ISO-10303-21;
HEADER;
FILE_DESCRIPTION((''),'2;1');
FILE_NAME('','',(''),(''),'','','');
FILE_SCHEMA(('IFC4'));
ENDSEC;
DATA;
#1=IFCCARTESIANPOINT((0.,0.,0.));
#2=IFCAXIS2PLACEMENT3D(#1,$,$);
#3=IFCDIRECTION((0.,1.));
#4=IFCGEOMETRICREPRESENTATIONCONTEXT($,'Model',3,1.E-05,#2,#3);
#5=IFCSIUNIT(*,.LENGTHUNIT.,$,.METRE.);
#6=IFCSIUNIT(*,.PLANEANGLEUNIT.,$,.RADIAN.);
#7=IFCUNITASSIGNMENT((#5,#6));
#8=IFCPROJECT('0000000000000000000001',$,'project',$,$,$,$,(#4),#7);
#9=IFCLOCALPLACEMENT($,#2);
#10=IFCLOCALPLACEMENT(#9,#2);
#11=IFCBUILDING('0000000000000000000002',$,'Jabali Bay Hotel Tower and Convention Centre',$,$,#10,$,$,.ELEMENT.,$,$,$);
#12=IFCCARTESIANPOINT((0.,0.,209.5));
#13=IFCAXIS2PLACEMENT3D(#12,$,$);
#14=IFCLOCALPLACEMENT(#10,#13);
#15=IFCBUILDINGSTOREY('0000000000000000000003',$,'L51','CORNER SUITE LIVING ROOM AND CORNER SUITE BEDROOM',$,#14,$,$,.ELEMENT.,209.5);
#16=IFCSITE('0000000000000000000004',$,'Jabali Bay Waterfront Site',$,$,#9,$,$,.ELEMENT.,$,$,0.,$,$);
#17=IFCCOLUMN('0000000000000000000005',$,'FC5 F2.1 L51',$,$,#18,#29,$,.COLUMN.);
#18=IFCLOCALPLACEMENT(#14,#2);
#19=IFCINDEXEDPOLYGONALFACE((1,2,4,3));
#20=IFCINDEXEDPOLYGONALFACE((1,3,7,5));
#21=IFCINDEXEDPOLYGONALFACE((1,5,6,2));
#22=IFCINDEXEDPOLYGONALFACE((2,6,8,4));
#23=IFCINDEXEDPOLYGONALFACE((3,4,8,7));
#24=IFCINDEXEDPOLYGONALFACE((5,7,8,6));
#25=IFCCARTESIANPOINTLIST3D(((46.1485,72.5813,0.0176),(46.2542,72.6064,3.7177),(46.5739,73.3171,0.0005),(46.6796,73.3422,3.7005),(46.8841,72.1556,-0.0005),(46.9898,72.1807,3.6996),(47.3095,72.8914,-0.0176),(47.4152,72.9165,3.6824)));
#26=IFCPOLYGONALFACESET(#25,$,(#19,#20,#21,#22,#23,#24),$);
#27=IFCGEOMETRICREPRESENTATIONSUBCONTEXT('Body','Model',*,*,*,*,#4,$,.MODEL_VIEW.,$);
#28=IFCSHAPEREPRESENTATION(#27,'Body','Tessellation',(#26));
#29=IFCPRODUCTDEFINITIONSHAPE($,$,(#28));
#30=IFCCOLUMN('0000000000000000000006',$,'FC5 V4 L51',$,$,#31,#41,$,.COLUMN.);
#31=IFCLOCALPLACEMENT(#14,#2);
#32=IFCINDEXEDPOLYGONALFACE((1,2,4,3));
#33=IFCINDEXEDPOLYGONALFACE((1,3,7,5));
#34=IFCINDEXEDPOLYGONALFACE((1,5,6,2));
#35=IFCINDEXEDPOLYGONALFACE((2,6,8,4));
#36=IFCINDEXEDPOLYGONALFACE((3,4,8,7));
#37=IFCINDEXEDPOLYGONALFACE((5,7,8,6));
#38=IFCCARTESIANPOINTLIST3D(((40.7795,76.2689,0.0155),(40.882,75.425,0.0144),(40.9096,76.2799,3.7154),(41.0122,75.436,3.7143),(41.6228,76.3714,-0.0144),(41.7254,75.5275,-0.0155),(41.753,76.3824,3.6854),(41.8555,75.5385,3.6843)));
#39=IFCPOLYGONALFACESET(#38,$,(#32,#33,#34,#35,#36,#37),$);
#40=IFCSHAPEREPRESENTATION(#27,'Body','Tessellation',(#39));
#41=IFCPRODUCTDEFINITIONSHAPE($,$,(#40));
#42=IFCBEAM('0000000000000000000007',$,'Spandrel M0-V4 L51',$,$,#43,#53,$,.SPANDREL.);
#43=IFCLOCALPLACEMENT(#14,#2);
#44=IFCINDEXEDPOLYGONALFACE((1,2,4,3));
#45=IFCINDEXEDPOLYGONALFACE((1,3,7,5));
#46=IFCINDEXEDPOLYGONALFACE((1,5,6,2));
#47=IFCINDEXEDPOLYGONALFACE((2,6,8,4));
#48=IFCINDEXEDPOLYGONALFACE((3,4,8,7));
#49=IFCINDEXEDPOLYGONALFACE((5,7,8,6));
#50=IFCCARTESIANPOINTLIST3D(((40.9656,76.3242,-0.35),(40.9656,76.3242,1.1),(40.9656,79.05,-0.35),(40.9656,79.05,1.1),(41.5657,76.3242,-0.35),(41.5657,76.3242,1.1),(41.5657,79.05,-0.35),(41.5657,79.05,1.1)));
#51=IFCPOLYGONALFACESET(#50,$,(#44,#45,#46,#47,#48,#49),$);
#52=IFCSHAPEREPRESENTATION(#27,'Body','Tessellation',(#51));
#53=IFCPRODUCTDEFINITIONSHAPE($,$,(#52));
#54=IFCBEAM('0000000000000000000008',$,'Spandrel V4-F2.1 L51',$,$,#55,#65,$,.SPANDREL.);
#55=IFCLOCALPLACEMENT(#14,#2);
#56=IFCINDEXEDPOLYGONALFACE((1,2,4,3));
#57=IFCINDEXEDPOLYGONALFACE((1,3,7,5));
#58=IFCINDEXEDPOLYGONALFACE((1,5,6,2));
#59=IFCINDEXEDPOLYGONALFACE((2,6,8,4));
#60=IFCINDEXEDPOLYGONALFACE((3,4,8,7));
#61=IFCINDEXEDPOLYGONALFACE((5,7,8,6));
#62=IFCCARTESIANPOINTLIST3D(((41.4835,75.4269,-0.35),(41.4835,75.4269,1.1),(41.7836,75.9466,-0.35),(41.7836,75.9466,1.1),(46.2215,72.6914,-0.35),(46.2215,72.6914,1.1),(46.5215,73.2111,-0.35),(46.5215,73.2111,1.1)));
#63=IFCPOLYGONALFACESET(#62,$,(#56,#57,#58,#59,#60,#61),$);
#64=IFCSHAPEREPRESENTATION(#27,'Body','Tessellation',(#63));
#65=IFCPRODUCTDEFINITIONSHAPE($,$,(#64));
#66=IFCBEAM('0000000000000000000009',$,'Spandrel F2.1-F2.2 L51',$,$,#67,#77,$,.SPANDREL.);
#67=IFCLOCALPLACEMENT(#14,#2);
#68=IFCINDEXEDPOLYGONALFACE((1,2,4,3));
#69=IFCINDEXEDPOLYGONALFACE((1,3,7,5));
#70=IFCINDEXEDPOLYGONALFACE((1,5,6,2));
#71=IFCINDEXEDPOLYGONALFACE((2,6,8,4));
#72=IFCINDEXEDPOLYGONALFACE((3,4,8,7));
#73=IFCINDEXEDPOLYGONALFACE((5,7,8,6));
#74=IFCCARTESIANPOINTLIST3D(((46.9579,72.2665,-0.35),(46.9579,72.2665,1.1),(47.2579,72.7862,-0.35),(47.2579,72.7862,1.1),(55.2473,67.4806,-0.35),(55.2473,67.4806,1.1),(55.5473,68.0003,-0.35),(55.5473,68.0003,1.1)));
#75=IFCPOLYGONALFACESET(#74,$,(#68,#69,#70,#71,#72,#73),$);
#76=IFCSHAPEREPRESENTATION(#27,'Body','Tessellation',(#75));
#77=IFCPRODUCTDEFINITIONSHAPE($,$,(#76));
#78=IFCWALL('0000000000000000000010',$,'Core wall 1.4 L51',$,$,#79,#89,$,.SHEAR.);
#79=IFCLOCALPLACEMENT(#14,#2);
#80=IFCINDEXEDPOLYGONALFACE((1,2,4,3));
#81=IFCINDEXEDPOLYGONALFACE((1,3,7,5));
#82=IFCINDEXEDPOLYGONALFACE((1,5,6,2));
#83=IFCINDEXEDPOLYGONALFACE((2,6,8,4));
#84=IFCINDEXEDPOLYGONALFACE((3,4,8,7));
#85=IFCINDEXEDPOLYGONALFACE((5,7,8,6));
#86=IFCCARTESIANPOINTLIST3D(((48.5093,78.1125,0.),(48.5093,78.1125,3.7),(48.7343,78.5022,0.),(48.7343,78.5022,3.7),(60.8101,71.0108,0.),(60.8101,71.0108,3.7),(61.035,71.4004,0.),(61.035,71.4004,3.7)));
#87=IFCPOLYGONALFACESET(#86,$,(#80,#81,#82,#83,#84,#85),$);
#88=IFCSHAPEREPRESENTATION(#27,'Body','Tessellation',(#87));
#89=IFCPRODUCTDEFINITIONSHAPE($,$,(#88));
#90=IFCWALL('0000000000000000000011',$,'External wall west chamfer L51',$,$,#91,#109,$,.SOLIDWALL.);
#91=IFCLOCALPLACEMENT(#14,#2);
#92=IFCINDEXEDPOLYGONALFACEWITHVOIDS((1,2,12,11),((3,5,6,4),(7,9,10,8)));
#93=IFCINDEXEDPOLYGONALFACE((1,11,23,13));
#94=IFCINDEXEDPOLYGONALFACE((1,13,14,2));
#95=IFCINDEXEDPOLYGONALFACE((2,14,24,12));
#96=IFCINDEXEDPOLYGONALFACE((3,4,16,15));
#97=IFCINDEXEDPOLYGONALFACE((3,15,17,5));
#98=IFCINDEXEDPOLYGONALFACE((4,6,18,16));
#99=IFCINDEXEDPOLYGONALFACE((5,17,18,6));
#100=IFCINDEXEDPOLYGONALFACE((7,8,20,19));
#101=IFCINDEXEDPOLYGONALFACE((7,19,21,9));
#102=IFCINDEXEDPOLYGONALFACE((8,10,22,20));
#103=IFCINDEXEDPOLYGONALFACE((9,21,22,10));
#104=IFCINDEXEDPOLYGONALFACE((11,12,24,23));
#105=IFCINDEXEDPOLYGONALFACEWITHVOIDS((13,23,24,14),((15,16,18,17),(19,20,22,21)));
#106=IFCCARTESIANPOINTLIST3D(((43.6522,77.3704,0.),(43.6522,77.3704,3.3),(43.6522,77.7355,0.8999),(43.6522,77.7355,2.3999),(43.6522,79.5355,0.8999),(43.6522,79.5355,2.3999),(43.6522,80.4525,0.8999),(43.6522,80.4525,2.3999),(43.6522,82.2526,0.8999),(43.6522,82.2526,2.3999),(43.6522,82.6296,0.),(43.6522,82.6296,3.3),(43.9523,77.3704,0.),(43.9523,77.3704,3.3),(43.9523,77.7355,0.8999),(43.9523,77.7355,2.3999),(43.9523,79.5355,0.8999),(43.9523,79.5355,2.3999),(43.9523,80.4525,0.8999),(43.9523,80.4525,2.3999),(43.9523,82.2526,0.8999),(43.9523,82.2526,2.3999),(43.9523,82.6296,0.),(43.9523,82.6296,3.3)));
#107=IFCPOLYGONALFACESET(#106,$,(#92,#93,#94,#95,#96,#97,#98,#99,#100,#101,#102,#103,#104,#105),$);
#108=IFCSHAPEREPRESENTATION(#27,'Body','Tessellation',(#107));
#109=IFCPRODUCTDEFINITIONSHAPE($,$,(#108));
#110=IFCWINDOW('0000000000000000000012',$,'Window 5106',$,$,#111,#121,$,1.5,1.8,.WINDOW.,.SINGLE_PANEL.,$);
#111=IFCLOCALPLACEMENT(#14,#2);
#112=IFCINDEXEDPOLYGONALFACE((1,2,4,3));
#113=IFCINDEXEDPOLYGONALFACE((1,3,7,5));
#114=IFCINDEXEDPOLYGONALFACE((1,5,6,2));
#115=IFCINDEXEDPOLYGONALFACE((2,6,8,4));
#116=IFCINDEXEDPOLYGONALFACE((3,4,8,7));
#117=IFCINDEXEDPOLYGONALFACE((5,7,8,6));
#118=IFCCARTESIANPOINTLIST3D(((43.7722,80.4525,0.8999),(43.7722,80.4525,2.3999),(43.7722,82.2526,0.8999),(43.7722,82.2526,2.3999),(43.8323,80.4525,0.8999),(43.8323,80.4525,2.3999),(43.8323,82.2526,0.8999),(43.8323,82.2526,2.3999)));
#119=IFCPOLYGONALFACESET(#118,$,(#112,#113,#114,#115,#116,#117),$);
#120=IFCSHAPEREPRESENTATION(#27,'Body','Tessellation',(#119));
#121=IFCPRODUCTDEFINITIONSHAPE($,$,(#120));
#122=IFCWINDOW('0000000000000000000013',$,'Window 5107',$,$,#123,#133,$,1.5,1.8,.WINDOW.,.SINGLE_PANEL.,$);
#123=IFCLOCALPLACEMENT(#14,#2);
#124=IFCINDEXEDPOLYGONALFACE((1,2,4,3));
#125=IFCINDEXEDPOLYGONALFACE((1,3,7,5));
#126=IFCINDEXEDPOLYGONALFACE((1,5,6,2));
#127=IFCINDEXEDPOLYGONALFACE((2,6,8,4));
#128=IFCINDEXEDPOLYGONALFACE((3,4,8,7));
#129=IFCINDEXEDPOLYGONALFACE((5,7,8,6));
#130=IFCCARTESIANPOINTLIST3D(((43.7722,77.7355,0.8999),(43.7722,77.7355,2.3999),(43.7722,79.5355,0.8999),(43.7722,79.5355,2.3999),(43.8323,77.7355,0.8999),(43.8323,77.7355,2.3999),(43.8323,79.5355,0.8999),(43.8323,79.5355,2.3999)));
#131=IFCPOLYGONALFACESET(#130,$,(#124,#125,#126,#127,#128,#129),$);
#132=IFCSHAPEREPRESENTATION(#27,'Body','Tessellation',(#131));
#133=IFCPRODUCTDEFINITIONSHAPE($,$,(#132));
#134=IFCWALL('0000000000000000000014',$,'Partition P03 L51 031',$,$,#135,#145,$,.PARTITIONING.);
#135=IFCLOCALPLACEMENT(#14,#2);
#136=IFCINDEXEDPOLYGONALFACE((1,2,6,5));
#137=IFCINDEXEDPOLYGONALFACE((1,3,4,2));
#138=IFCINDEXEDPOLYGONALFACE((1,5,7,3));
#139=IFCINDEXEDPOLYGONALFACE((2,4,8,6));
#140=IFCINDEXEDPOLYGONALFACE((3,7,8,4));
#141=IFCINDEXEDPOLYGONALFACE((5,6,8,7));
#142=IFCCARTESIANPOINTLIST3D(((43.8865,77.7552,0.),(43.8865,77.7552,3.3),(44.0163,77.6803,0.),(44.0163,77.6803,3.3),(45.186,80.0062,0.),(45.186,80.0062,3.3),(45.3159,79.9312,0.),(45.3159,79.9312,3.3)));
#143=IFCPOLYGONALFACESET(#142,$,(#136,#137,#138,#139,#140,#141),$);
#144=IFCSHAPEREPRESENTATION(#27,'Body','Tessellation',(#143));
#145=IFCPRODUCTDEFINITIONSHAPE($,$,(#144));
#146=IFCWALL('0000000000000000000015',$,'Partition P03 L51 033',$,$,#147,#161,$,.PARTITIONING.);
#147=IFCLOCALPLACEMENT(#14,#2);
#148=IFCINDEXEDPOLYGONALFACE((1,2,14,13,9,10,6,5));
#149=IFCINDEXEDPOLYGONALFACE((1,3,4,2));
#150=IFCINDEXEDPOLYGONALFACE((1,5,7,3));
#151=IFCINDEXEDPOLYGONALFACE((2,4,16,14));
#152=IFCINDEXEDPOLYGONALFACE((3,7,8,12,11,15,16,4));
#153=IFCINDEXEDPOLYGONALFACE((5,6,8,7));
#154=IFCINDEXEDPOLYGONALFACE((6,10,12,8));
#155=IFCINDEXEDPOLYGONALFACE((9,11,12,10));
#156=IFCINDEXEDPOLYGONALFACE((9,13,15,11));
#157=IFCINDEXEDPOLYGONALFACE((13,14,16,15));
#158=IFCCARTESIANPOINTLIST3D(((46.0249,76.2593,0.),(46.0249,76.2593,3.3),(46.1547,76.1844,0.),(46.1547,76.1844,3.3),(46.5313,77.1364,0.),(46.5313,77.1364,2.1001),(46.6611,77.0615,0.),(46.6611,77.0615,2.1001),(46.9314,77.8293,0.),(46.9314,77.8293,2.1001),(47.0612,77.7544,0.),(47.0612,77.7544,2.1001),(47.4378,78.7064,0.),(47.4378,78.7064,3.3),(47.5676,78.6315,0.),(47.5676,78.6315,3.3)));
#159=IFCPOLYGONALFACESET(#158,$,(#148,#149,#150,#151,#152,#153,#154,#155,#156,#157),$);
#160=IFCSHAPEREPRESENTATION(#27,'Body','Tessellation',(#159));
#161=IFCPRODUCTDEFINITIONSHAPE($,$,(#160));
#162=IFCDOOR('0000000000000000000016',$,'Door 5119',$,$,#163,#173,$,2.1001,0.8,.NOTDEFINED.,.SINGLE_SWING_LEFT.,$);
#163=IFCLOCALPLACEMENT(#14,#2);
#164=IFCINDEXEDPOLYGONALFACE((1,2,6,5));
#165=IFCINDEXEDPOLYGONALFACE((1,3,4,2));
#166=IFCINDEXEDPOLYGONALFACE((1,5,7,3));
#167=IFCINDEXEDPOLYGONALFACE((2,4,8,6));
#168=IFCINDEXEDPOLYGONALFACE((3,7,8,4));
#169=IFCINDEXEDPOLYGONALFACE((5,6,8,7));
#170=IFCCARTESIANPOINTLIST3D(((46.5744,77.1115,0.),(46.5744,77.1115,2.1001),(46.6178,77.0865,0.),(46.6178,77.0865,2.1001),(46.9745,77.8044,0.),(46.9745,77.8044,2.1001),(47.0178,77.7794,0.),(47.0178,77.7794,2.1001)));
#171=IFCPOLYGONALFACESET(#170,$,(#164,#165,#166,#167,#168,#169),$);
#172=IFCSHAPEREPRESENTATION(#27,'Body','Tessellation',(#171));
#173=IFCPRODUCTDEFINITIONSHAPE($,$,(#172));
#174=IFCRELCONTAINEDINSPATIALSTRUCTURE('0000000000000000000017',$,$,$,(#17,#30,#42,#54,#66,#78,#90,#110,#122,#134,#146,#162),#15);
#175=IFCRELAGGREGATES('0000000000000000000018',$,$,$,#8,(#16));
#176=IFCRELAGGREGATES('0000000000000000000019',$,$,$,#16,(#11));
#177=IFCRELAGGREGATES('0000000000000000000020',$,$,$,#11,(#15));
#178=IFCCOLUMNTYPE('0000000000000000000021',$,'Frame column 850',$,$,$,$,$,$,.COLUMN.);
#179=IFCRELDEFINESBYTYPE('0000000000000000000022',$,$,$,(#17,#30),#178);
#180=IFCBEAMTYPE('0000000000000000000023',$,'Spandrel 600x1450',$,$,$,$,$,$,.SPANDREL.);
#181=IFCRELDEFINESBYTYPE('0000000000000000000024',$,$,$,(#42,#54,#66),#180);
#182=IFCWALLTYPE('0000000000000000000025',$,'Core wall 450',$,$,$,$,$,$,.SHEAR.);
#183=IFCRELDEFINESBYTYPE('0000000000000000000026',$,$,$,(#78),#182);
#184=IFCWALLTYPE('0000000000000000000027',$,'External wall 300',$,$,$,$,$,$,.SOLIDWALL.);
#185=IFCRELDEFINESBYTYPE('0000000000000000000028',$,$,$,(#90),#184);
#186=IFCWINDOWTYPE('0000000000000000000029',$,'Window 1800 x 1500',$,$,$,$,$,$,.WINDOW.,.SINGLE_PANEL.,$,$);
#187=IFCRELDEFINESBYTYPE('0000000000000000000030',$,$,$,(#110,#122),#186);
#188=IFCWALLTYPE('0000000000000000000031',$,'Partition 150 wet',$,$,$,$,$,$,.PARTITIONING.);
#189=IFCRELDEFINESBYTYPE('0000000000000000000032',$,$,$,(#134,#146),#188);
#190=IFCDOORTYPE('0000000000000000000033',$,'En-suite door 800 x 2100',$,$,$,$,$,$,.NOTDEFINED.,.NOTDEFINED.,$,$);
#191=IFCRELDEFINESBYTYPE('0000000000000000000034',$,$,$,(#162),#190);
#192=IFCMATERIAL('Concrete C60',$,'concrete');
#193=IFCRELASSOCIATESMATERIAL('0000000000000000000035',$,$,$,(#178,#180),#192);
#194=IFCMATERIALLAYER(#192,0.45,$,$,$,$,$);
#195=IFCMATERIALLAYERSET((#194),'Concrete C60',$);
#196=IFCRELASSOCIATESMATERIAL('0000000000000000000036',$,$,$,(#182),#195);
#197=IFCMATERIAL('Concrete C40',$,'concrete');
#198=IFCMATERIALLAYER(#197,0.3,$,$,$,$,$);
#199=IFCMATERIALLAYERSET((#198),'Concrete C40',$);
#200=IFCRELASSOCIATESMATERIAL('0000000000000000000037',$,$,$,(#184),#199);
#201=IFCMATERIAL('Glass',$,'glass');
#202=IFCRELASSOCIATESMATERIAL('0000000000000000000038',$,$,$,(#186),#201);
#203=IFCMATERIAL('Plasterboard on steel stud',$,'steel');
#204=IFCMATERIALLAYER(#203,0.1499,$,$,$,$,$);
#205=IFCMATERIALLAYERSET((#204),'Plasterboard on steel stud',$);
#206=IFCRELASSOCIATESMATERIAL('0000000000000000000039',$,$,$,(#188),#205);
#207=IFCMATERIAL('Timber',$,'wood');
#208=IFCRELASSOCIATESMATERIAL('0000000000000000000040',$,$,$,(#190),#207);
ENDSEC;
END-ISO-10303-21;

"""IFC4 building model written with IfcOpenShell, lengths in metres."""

from ifc_helpers import new_model, si_unit, direction, frame, frame_2d, origin, origin_2d, place, context, subcontext, project, spatial, rectangle, extrude, material, layer, layer_set, material_profile, profile_set, type_object, element, fill, save


model = new_model("IFC4")

# Units and contexts
model_context = context("Model", 3, precision=1e-05, world=origin(), true_north=direction((0.0, 1.0)))
body_context = subcontext(model_context, "Body", "Model", "MODEL_VIEW")
ifc_project = project(units=[si_unit("LENGTHUNIT", "METRE"), si_unit("PLANEANGLEUNIT", "RADIAN")], contexts=[model_context])

# Site, building, storey
site_placement = place(None, origin())
site = spatial("IfcSite", under=ifc_project, at=site_placement, Name="Jabali Bay Waterfront Site", CompositionType="ELEMENT", RefElevation=0.0)
building_placement = place(site_placement, origin())
building = spatial("IfcBuilding", under=site, at=building_placement, Name="Jabali Bay Hotel Tower and Convention Centre", CompositionType="ELEMENT")
storey_placement = place(building_placement, frame((0.0, 0.0, 209.5)))
storey = spatial("IfcBuildingStorey", under=building, at=storey_placement, Name="L51", Description="CORNER SUITE LIVING ROOM AND CORNER SUITE BEDROOM", CompositionType="ELEMENT", Elevation=209.5)

# Columns
ifc_material_1 = material(Name="Concrete C60", Category="concrete")
ifc_material_profile_1 = material_profile(ifc_material_1, rectangle(XDim=0.8501, YDim=0.8501, at=origin_2d()), Name="Frame column 850")
ifc_profile_set_1 = profile_set([ifc_material_profile_1], Name="Concrete C60")
column_type = type_object("IfcColumnType", Name="Frame column 850", PredefinedType="COLUMN", material=ifc_profile_set_1)
column_1_placement = place(storey_placement, frame((46.729, 72.7363, 0.0), z_axis=(0.028559, 0.006794, 0.999569), x_axis=(-0.865324, 0.500759, 0.02132)))
element("IfcColumn", 1, at=column_1_placement, inside=storey, type_object=column_type, Name="FC5 F2.1 L51", PredefinedType="COLUMN", context=body_context, shape_type="SweptSolid", body=[
    extrude(rectangle(XDim=0.8501, YDim=0.8501, at=origin_2d()), origin(), (0.0, 0.0, 1.0), 3.7017),
])
column_2_placement = place(storey_placement, frame((41.2524, 75.8982, 0.0), z_axis=(0.035148, 0.002967, 0.999378), x_axis=(-0.120634, 0.992696, 0.001295)))
element("IfcColumn", 2, at=column_2_placement, inside=storey, type_object=column_type, Name="FC5 V4 L51", PredefinedType="COLUMN", context=body_context, shape_type="SweptSolid", body=[
    extrude(rectangle(XDim=0.8501, YDim=0.8501, at=origin_2d()), origin(), (0.0, 0.0, 1.0), 3.7021),
])

# Beams
ifc_material_profile_2 = material_profile(ifc_material_1, rectangle(XDim=0.6001, YDim=1.45, at=origin_2d()), Name="Spandrel 600x1450")
ifc_profile_set_2 = profile_set([ifc_material_profile_2], Name="Concrete C60")
beam_type = type_object("IfcBeamType", Name="Spandrel 600x1450", PredefinedType="SPANDREL", material=ifc_profile_set_2)
beam_1_placement = place(storey_placement, frame((41.2656, 79.05, 0.375), z_axis=(0.0, -1.0, 0.0), x_axis=(1.0, 0.0, 0.0)))
element("IfcBeam", 3, at=beam_1_placement, inside=storey, type_object=beam_type, Name="Spandrel M0-V4 L51", PredefinedType="SPANDREL", context=body_context, shape_type="SweptSolid", body=[
    extrude(rectangle(XDim=0.6001, YDim=1.45, at=origin_2d()), origin(), (0.0, 0.0, 1.0), 2.7258),
])
beam_2_placement = place(storey_placement, frame((41.6335, 75.6868, 0.375), z_axis=(0.866018, -0.500012, 0.0), x_axis=(0.500012, 0.866018, 0.0)))
element("IfcBeam", 4, at=beam_2_placement, inside=storey, type_object=beam_type, Name="Spandrel V4-F2.1 L51", PredefinedType="SPANDREL", context=body_context, shape_type="SweptSolid", body=[
    extrude(rectangle(XDim=0.6001, YDim=1.45, at=origin_2d()), origin(), (0.0, 0.0, 1.0), 5.4709),
])
beam_3_placement = place(storey_placement, frame((47.1079, 72.5264, 0.375), z_axis=(0.866023, -0.500004, 0.0), x_axis=(0.500004, 0.866023, 0.0)))
element("IfcBeam", 5, at=beam_3_placement, inside=storey, type_object=beam_type, Name="Spandrel F2.1-F2.2 L51", PredefinedType="SPANDREL", context=body_context, shape_type="SweptSolid", body=[
    extrude(rectangle(XDim=0.6001, YDim=1.45, at=origin_2d()), origin(), (0.0, 0.0, 1.0), 9.5718),
])

# Wall
ifc_layer_1 = layer(ifc_material_1, 0.45)
ifc_layer_set_1 = layer_set([ifc_layer_1], Name="Concrete C60")
wall_type_1 = type_object("IfcWallType", Name="Core wall 450", PredefinedType="SHEAR", material=ifc_layer_set_1)
wall_1_placement = place(storey_placement, frame((48.6218, 78.3074, 0.0), z_axis=(0.0, 0.0, 1.0), x_axis=(0.866027, -0.499997, 0.0)))
element("IfcWall", 6, at=wall_1_placement, inside=storey, type_object=wall_type_1, Name="Core wall 1.4 L51", PredefinedType="SHEAR", context=body_context, shape_type="SweptSolid", body=[
    extrude(rectangle(XDim=14.2036, YDim=0.45, at=frame_2d((7.1018, 0.0))), origin(), (0.0, 0.0, 1.0), 3.7),
])

# Wall, openings, windows
ifc_material_2 = material(Name="Concrete C40", Category="concrete")
ifc_layer_2 = layer(ifc_material_2, 0.3)
ifc_layer_set_2 = layer_set([ifc_layer_2], Name="Concrete C40")
wall_type_2 = type_object("IfcWallType", Name="External wall 300", PredefinedType="SOLIDWALL", material=ifc_layer_set_2)
wall_2_placement = place(storey_placement, frame((43.8022, 77.3704, 0.0), z_axis=(0.0, 0.0, 1.0), x_axis=(0.0, 1.0, 0.0)))
wall_2 = element("IfcWall", 7, at=wall_2_placement, inside=storey, type_object=wall_type_2, Name="External wall west chamfer L51", PredefinedType="SOLIDWALL", context=body_context, shape_type="SweptSolid", body=[
    extrude(rectangle(XDim=5.2593, YDim=0.3, at=frame_2d((2.6296, 0.0))), origin(), (0.0, 0.0, 1.0), 3.3),
])
opening_1_placement = place(wall_2_placement, frame((3.0823, 0.0, 0.8999)))
opening_1 = element("IfcOpeningElement", 8, at=opening_1_placement, cuts=wall_2, PredefinedType="OPENING", context=body_context, shape_type="SweptSolid", body=[
    extrude(rectangle(XDim=1.8, YDim=1.5, at=frame_2d((0.8999, 0.75))), frame((0.0, 0.1606, 0.0), z_axis=(0.0, -1.0, 0.0), x_axis=(1.0, 0.0, 0.0)), (0.0, 0.0, 1.0), 0.321),
])
opening_2_placement = place(wall_2_placement, frame((0.3652, 0.0, 0.8999)))
opening_2 = element("IfcOpeningElement", 9, at=opening_2_placement, cuts=wall_2, PredefinedType="OPENING", context=body_context, shape_type="SweptSolid", body=[
    extrude(rectangle(XDim=1.8, YDim=1.5, at=frame_2d((0.8999, 0.75))), frame((0.0, 0.1606, 0.0), z_axis=(0.0, -1.0, 0.0), x_axis=(1.0, 0.0, 0.0)), (0.0, 0.0, 1.0), 0.321),
])
ifc_material_3 = material(Name="Glass", Category="glass")
window_type = type_object("IfcWindowType", Name="Window 1800 x 1500", PartitioningType="SINGLE_PANEL", PredefinedType="WINDOW", material=ifc_material_3)
window_1_placement = place(opening_1_placement, origin())
window_1 = element("IfcWindow", 10, at=window_1_placement, inside=storey, type_object=window_type, Name="Window 5106", OverallHeight=1.5, OverallWidth=1.8, PartitioningType="SINGLE_PANEL", PredefinedType="WINDOW", context=body_context, shape_type="SweptSolid", body=[
    extrude(rectangle(XDim=1.8, YDim=1.5, at=frame_2d((0.8999, 0.75))), frame((0.0, 0.03, 0.0), z_axis=(0.0, -1.0, 0.0), x_axis=(1.0, 0.0, 0.0)), (0.0, 0.0, 1.0), 0.0601),
])
fill(opening_1, window_1)
window_2_placement = place(opening_2_placement, origin())
window_2 = element("IfcWindow", 11, at=window_2_placement, inside=storey, type_object=window_type, Name="Window 5107", OverallHeight=1.5, OverallWidth=1.8, PartitioningType="SINGLE_PANEL", PredefinedType="WINDOW", context=body_context, shape_type="SweptSolid", body=[
    extrude(rectangle(XDim=1.8, YDim=1.5, at=frame_2d((0.8999, 0.75))), frame((0.0, 0.03, 0.0), z_axis=(0.0, -1.0, 0.0), x_axis=(1.0, 0.0, 0.0)), (0.0, 0.0, 1.0), 0.0601),
])
fill(opening_2, window_2)

# Wall
ifc_material_4 = material(Name="Plasterboard on steel stud", Category="steel")
ifc_layer_3 = layer(ifc_material_4, 0.1499)
ifc_layer_set_3 = layer_set([ifc_layer_3], Name="Plasterboard on steel stud")
wall_type_3 = type_object("IfcWallType", Name="Partition 150 wet", PredefinedType="PARTITIONING", material=ifc_layer_set_3)
wall_3_placement = place(storey_placement, frame((43.9514, 77.7178, 0.0), z_axis=(0.0, 0.0, 1.0), x_axis=(0.499988, 0.866032, 0.0)))
element("IfcWall", 12, at=wall_3_placement, inside=storey, type_object=wall_type_3, Name="Partition P03 L51 031", PredefinedType="PARTITIONING", context=body_context, shape_type="SweptSolid", body=[
    extrude(rectangle(XDim=2.5991, YDim=0.1499, at=frame_2d((1.2996, 0.0))), origin(), (0.0, 0.0, 1.0), 3.3),
])

# Wall, opening, door
wall_4_placement = place(storey_placement, frame((47.5027, 78.6689, 0.0), z_axis=(0.0, 0.0, 1.0), x_axis=(-0.500014, -0.866017, 0.0)))
wall_4 = element("IfcWall", 13, at=wall_4_placement, inside=storey, type_object=wall_type_3, Name="Partition P03 L51 033", PredefinedType="PARTITIONING", context=body_context, shape_type="SweptSolid", body=[
    extrude(rectangle(XDim=2.8257, YDim=0.1499, at=frame_2d((1.4128, 0.0))), origin(), (0.0, 0.0, 1.0), 3.3),
])
opening_3_placement = place(wall_4_placement, frame((1.0129, 0.0, 0.0)))
opening_3 = element("IfcOpeningElement", 14, at=opening_3_placement, cuts=wall_4, PredefinedType="OPENING", context=body_context, shape_type="SweptSolid", body=[
    extrude(rectangle(XDim=0.8, YDim=2.1001, at=frame_2d((0.3999, 1.05))), frame((0.0, 0.0854, 0.0), z_axis=(0.0, -1.0, 0.0), x_axis=(1.0, 0.0, 0.0)), (0.0, 0.0, 1.0), 0.1709),
])
ifc_material_5 = material(Name="Timber", Category="wood")
door_type = type_object("IfcDoorType", Name="En-suite door 800 x 2100", OperationType="NOTDEFINED", PredefinedType="NOTDEFINED", material=ifc_material_5)
door_placement = place(opening_3_placement, origin())
door = element("IfcDoor", 15, at=door_placement, inside=storey, type_object=door_type, Name="Door 5119", OperationType="SINGLE_SWING_LEFT", OverallHeight=2.1001, OverallWidth=0.8, PredefinedType="NOTDEFINED", context=body_context, shape_type="SweptSolid", body=[
    extrude(rectangle(XDim=0.8, YDim=2.1001, at=frame_2d((0.3999, 1.05))), frame((0.0, 0.0249, 0.0), z_axis=(0.0, -1.0, 0.0), x_axis=(1.0, 0.0, 0.0)), (0.0, 0.0, 1.0), 0.05),
])
fill(opening_3, door)

save(model, "model.ifc")
